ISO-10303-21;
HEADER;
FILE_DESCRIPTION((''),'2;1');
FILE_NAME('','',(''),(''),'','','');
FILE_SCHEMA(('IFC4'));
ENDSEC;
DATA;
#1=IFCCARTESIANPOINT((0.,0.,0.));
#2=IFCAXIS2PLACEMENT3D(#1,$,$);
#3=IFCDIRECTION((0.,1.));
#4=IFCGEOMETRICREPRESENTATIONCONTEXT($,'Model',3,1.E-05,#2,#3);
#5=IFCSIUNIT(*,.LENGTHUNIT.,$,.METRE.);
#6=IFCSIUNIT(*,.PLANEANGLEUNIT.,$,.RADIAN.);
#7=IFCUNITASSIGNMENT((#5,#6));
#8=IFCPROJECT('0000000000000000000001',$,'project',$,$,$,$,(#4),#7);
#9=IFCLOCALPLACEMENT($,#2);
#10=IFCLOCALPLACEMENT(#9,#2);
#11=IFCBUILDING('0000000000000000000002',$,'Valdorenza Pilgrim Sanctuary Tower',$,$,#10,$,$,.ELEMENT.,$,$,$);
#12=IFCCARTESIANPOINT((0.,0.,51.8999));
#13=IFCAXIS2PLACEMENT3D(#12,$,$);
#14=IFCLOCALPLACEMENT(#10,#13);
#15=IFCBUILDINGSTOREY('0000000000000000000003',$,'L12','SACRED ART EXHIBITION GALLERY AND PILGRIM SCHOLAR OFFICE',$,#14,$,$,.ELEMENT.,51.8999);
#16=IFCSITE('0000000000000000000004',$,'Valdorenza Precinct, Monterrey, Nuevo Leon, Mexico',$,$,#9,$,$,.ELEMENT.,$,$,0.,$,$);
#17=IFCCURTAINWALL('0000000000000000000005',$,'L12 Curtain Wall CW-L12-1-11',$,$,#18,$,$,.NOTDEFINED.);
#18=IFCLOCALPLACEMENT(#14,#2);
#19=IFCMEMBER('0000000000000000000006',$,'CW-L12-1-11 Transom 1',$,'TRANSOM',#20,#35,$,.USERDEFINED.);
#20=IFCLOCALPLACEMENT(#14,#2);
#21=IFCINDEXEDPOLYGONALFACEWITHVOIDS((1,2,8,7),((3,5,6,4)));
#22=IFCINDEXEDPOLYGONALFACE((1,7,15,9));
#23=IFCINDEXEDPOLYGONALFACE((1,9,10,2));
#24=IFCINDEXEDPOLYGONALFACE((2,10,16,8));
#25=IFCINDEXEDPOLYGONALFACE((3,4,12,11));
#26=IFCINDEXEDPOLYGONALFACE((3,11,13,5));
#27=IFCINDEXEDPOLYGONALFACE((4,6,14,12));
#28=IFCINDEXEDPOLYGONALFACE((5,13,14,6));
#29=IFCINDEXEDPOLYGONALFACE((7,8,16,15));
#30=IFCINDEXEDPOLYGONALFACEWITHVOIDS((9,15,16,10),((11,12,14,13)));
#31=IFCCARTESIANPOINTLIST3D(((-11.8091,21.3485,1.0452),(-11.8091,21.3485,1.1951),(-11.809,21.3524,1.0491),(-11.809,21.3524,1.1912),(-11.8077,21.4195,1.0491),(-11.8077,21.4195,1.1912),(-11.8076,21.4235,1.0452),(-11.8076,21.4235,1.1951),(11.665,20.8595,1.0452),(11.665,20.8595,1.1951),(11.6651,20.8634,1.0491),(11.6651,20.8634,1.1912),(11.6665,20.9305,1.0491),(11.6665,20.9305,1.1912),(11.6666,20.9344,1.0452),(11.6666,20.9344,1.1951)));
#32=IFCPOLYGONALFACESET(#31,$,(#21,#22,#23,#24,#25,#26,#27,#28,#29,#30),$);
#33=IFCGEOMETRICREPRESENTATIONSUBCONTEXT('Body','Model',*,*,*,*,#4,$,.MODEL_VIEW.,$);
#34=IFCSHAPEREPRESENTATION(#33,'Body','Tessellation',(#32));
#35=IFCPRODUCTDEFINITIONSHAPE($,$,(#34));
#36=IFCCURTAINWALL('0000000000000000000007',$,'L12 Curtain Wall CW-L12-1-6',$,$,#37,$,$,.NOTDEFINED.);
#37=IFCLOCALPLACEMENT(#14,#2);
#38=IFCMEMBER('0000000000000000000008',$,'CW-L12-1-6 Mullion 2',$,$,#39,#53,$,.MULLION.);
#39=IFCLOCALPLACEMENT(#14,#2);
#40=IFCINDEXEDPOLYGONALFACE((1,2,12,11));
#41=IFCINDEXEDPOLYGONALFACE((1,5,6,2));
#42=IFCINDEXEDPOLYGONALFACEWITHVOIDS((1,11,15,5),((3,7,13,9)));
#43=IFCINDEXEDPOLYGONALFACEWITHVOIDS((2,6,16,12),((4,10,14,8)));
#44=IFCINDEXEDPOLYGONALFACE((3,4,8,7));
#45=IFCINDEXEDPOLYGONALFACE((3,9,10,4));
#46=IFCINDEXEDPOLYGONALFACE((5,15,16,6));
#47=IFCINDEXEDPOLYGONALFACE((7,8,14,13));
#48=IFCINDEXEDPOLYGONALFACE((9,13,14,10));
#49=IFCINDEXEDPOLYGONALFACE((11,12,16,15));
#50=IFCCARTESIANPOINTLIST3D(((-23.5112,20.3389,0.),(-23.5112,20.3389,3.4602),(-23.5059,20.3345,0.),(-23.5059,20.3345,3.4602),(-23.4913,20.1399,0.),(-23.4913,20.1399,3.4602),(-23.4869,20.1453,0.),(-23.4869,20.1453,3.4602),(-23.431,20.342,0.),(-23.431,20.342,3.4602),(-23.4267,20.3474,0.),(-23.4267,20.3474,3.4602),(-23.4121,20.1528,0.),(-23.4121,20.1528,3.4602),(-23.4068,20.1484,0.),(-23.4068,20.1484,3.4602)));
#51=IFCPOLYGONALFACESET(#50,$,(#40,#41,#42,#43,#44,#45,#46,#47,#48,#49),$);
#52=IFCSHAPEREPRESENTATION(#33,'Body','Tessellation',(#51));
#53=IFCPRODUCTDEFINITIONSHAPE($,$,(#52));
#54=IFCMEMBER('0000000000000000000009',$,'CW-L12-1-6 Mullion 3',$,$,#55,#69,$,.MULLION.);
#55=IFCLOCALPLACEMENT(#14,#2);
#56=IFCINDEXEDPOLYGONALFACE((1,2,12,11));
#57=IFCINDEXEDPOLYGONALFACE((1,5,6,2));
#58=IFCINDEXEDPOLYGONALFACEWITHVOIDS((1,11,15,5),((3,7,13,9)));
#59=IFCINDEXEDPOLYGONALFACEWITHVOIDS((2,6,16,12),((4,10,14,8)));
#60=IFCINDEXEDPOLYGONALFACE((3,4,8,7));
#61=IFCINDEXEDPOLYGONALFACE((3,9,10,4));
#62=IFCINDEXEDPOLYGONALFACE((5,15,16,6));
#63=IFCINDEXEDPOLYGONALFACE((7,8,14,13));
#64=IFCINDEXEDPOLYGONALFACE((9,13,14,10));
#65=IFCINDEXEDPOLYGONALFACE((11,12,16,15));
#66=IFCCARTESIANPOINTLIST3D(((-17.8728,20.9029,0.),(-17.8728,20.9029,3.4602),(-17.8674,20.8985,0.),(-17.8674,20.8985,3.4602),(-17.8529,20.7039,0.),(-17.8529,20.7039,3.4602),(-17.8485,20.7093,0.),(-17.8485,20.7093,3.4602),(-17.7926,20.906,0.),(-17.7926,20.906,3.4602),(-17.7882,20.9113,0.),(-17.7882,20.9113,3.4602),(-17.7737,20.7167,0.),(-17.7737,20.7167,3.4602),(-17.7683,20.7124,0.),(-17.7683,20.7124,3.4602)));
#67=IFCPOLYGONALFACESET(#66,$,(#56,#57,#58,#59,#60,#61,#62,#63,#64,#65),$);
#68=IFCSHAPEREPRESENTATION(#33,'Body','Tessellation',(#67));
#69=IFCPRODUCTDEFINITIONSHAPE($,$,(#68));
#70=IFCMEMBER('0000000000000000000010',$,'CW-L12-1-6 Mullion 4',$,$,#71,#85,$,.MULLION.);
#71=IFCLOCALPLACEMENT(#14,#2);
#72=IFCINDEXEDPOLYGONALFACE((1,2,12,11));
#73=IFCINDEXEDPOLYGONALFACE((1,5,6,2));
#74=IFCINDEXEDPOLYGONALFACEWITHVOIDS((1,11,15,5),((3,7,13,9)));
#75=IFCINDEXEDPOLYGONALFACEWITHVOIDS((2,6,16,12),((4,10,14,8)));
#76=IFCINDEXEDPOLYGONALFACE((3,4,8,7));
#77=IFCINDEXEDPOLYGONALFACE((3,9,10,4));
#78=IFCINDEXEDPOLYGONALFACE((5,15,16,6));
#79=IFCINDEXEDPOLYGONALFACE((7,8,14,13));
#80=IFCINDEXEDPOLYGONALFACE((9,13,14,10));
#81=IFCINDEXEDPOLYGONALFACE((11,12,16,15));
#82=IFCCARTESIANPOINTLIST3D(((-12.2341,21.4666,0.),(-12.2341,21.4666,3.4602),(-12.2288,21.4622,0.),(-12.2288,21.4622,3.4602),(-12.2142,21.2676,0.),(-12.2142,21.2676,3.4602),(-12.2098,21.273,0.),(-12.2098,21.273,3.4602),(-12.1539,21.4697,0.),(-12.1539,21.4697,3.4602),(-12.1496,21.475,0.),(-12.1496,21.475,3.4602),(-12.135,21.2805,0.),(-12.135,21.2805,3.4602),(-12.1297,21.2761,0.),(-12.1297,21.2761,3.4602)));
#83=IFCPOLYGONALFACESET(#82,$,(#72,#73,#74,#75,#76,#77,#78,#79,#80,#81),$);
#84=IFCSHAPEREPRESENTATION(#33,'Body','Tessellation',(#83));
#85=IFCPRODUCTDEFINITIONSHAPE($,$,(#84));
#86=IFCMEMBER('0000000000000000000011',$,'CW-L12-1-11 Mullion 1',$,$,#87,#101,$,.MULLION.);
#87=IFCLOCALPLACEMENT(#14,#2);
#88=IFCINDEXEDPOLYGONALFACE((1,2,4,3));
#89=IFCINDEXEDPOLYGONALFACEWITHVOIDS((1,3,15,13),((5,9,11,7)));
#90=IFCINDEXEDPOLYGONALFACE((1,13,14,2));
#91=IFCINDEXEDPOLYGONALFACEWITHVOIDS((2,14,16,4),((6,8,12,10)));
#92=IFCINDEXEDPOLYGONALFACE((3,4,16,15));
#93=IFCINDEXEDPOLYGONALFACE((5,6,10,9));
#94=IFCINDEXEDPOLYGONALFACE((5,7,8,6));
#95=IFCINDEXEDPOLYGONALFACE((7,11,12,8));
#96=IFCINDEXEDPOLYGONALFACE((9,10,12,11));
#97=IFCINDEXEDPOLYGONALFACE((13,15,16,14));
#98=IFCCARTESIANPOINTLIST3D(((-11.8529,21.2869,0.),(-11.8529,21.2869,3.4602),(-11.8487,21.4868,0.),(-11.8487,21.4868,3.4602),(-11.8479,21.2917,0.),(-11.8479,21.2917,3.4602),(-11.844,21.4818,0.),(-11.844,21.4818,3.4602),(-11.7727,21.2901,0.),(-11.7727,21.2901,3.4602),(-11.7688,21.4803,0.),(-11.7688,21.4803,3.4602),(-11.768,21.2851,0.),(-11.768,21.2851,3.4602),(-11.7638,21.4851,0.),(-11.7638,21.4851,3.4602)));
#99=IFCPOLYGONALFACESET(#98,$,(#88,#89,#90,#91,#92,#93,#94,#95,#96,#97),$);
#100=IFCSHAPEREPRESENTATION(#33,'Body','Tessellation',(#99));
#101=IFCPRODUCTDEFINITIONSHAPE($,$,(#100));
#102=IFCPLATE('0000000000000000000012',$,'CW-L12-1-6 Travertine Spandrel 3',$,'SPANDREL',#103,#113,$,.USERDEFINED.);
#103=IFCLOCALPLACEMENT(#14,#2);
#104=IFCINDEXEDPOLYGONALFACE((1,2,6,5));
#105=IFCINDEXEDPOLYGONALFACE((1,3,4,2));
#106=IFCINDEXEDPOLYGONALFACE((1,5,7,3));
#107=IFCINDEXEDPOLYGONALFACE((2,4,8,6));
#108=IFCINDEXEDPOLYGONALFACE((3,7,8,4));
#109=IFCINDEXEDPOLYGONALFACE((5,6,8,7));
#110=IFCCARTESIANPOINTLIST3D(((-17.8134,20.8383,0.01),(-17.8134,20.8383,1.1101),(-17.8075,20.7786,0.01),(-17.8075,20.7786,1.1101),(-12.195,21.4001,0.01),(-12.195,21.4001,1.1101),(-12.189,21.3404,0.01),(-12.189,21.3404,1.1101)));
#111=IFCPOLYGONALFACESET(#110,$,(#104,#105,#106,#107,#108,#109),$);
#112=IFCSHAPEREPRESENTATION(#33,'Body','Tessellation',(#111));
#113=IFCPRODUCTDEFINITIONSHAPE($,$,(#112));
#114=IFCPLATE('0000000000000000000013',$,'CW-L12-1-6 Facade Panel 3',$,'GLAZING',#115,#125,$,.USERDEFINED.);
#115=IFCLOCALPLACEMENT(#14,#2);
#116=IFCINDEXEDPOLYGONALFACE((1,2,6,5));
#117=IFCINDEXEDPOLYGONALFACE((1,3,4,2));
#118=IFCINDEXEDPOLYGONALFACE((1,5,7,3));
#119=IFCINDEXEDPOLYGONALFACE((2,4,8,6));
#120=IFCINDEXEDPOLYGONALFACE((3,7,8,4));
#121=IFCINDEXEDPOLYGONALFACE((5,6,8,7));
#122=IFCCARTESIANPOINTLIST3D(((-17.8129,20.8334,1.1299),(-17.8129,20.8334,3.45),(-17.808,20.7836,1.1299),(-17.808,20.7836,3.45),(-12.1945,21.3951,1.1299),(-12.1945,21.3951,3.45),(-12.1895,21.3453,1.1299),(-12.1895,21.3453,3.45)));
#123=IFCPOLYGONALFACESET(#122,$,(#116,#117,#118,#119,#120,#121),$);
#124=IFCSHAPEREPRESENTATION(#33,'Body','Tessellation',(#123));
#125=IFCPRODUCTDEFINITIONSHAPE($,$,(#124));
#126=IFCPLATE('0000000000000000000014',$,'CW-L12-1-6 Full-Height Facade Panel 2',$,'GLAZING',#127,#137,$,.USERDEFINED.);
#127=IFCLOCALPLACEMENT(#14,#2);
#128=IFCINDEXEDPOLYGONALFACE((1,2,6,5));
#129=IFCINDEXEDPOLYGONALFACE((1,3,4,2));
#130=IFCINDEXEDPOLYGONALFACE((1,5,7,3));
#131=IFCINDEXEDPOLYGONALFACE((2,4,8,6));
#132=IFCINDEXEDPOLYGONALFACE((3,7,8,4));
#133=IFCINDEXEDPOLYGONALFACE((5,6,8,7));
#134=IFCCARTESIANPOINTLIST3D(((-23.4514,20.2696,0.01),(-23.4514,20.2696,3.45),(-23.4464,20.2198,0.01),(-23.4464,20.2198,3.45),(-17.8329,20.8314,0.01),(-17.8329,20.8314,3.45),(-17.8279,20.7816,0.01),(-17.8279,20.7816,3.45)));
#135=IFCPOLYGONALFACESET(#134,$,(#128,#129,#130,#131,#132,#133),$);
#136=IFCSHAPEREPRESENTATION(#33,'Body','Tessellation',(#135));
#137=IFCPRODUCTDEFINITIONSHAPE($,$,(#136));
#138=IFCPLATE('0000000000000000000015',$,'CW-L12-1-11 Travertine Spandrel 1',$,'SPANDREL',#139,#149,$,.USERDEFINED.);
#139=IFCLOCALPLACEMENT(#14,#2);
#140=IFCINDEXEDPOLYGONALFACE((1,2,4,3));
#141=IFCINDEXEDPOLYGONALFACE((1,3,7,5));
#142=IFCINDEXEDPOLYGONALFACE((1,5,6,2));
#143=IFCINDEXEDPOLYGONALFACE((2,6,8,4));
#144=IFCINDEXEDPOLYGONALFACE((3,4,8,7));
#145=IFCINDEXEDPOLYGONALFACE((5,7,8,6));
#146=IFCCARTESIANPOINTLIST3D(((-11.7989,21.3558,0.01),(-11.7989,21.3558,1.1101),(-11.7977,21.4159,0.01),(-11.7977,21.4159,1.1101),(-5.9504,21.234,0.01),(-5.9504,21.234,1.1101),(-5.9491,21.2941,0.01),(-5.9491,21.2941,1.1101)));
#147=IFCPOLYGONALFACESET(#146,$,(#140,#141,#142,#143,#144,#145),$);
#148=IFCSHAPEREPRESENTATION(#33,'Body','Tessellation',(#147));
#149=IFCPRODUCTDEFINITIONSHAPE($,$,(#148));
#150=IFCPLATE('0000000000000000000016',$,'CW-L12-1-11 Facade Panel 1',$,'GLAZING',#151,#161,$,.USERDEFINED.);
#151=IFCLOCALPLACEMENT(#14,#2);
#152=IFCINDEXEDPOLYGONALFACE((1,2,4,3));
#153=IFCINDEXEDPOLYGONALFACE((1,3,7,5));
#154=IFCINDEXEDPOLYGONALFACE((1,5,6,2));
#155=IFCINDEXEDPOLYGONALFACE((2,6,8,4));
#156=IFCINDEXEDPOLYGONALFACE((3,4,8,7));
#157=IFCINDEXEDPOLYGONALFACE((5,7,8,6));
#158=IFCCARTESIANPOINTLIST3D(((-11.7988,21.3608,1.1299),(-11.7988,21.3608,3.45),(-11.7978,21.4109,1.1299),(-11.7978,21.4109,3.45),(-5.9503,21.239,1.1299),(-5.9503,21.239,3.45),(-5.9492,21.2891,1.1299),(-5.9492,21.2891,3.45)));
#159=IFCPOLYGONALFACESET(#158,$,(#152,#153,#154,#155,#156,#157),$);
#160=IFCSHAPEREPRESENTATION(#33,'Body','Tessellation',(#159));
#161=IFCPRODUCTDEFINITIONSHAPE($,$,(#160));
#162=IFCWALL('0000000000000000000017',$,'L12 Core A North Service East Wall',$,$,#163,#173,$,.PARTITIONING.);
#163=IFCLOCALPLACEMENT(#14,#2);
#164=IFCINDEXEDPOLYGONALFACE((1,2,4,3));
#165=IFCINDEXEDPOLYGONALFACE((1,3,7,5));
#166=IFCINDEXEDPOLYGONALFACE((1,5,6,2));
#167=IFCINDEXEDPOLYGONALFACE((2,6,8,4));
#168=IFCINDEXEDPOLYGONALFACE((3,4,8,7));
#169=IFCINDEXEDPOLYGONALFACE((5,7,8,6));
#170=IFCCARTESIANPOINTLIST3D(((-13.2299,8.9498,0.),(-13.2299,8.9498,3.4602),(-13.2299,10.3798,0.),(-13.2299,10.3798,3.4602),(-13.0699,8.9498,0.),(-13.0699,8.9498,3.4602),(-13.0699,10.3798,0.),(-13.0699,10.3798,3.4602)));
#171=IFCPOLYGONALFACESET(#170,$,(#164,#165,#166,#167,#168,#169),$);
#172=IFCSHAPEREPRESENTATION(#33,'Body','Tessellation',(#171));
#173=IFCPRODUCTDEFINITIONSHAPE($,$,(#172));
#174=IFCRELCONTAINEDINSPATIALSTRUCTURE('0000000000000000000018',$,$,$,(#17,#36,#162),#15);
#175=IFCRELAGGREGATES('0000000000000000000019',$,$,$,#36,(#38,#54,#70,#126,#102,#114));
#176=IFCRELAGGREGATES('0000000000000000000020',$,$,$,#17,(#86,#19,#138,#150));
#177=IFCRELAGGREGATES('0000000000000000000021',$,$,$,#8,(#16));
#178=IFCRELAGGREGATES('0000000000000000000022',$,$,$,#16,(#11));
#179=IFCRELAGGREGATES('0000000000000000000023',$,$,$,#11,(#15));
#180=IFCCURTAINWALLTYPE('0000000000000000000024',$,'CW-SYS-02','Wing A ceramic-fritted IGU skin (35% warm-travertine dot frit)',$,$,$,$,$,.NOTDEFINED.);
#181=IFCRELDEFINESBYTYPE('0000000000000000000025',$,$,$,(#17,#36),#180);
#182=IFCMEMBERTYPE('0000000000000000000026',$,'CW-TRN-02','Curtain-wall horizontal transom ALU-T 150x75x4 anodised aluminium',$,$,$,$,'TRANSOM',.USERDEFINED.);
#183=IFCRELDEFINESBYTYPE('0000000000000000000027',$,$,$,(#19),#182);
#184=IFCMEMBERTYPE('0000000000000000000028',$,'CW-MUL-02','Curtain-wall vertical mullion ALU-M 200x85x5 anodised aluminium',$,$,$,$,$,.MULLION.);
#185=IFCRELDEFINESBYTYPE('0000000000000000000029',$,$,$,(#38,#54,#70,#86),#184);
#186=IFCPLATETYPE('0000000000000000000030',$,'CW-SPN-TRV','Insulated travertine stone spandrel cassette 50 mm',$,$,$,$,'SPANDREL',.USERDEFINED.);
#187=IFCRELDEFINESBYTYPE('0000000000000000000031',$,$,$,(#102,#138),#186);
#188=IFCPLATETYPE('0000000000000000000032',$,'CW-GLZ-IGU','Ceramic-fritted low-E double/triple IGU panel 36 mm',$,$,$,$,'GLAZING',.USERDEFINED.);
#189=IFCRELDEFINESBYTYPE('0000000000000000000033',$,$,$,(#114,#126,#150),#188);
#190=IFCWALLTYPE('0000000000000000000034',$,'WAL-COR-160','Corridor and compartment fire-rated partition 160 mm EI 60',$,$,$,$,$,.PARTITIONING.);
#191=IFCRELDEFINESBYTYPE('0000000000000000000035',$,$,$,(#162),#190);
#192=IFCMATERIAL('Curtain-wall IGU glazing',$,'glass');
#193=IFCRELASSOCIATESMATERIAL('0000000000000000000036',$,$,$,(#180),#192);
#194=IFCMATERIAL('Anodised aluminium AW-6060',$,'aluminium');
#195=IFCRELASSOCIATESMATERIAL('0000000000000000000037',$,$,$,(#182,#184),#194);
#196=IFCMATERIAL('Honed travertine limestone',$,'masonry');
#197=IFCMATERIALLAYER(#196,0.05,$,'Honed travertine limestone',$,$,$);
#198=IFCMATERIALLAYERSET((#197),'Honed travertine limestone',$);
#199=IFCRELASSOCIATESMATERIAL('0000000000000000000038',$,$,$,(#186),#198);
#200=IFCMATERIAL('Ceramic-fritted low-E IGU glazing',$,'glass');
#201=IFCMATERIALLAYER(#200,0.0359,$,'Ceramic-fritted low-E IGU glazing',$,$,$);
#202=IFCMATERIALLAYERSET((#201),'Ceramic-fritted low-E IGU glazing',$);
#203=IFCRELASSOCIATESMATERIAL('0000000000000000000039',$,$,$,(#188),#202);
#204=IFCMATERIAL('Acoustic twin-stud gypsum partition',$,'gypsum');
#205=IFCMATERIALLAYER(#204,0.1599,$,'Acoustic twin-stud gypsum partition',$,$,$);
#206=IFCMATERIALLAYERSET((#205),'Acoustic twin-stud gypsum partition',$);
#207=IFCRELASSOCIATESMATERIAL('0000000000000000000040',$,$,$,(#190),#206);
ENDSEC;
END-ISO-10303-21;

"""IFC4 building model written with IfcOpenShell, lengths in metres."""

from ifc_helpers import new_model, si_unit, direction, frame, frame_2d, origin, origin_2d, place, context, subcontext, project, spatial, rectangle, hollow_rectangle, extrude, source, transform, mapped, material, layer, layer_set, material_profile, profile_set, type_object, element, aggregate, save


model = new_model("IFC4")

# Units and contexts
model_context = context("Model", 3, precision=1e-05, world=origin(), true_north=direction((0.0, 1.0)))
body_context = subcontext(model_context, "Body", "Model", "MODEL_VIEW")
ifc_project = project(units=[si_unit("LENGTHUNIT", "METRE"), si_unit("PLANEANGLEUNIT", "RADIAN")], contexts=[model_context])

# Site, building, storey
site_placement = place(None, origin())
site = spatial("IfcSite", under=ifc_project, at=site_placement, Name="Valdorenza Precinct, Monterrey, Nuevo Leon, Mexico", CompositionType="ELEMENT", RefElevation=0.0)
building_placement = place(site_placement, origin())
building = spatial("IfcBuilding", under=site, at=building_placement, Name="Valdorenza Pilgrim Sanctuary Tower", CompositionType="ELEMENT")
storey_placement = place(building_placement, frame((0.0, 0.0, 51.8999)))
storey = spatial("IfcBuildingStorey", under=building, at=storey_placement, Name="L12", Description="SACRED ART EXHIBITION GALLERY AND PILGRIM SCHOLAR OFFICE", CompositionType="ELEMENT", Elevation=51.8999)

# Curtain wall, member
ifc_material_1 = material(Name="Curtain-wall IGU glazing", Category="glass")
curtain_wall_type = type_object("IfcCurtainWallType", Name="CW-SYS-02", Description="Wing A ceramic-fritted IGU skin (35% warm-travertine dot frit)", PredefinedType="NOTDEFINED", material=ifc_material_1)
curtain_wall_1_placement = place(storey_placement, origin())
curtain_wall_1 = element("IfcCurtainWall", 1, at=curtain_wall_1_placement, inside=storey, type_object=curtain_wall_type, Name="L12 Curtain Wall CW-L12-1-11", PredefinedType="NOTDEFINED")
ifc_material_2 = material(Name="Anodised aluminium AW-6060", Category="aluminium")
ifc_material_profile_1 = material_profile(ifc_material_2, hollow_rectangle(XDim=0.075, YDim=0.1499, WallThickness=0.0039, at=origin_2d()), Name="ALU-T 150x75x4")
ifc_profile_set_1 = profile_set([ifc_material_profile_1], Name="Anodised aluminium AW-6060")
member_type_1 = type_object("IfcMemberType", Name="CW-TRN-02", Description="Curtain-wall horizontal transom ALU-T 150x75x4 anodised aluminium", ElementType="TRANSOM", PredefinedType="USERDEFINED", material=ifc_profile_set_1)
shared_shape_1 = source(origin(), body_context, "Body", "SweptSolid", [
    extrude(hollow_rectangle(XDim=0.075, YDim=0.1499, WallThickness=0.0039, at=origin_2d()), origin(), (0.0, 0.0, 1.0), 23.4792),
])
member_1_placement = place(storey_placement, frame((-11.8083, 21.386, 1.1201), z_axis=(0.999783, -0.020828, 0.0), x_axis=(0.020828, 0.999783, 0.0)))
member_1 = element("IfcMember", 2, at=member_1_placement, type_object=member_type_1, Name="CW-L12-1-11 Transom 1", ObjectType="TRANSOM", PredefinedType="USERDEFINED", context=body_context, shape_type="MappedRepresentation", body=[
    mapped(shared_shape_1, transform((0.0, 0.0, 0.0), x_axis=(1.0, 0.0, 0.0), y_axis=(0.0, 1.0, 0.0), z_axis=(0.0, 0.0, 1.0), scale=1.0)),
])

# Curtain wall, members
curtain_wall_2_placement = place(storey_placement, origin())
curtain_wall_2 = element("IfcCurtainWall", 3, at=curtain_wall_2_placement, inside=storey, type_object=curtain_wall_type, Name="L12 Curtain Wall CW-L12-1-6", PredefinedType="NOTDEFINED")
ifc_material_profile_2 = material_profile(ifc_material_2, hollow_rectangle(XDim=0.085, YDim=0.2, WallThickness=0.0049, at=origin_2d()), Name="ALU-M 200x85x5")
ifc_profile_set_2 = profile_set([ifc_material_profile_2], Name="Anodised aluminium AW-6060")
member_type_2 = type_object("IfcMemberType", Name="CW-MUL-02", Description="Curtain-wall vertical mullion ALU-M 200x85x5 anodised aluminium", PredefinedType="MULLION", material=ifc_profile_set_2)
shared_shape_2 = source(origin(), body_context, "Body", "SweptSolid", [
    extrude(hollow_rectangle(XDim=0.085, YDim=0.2, WallThickness=0.0049, at=origin_2d()), origin(), (0.0, 0.0, 1.0), 3.4602),
])
member_2_placement = place(storey_placement, frame((-23.459, 20.2437, 0.0), z_axis=(0.0, 0.0, 1.0), x_axis=(0.995038, 0.099493, 0.0)))
member_2 = element("IfcMember", 4, at=member_2_placement, type_object=member_type_2, Name="CW-L12-1-6 Mullion 2", PredefinedType="MULLION", context=body_context, shape_type="MappedRepresentation", body=[
    mapped(shared_shape_2, transform((0.0, 0.0, 0.0), x_axis=(1.0, 0.0, 0.0), y_axis=(0.0, 1.0, 0.0), z_axis=(0.0, 0.0, 1.0), scale=1.0)),
])
member_3_placement = place(storey_placement, frame((-17.8206, 20.8076, 0.0), z_axis=(0.0, 0.0, 1.0), x_axis=(0.995038, 0.099493, 0.0)))
member_3 = element("IfcMember", 5, at=member_3_placement, type_object=member_type_2, Name="CW-L12-1-6 Mullion 3", PredefinedType="MULLION", context=body_context, shape_type="MappedRepresentation", body=[
    mapped(shared_shape_2, transform((0.0, 0.0, 0.0), x_axis=(1.0, 0.0, 0.0), y_axis=(0.0, 1.0, 0.0), z_axis=(0.0, 0.0, 1.0), scale=1.0)),
])
member_4_placement = place(storey_placement, frame((-12.1819, 21.3713, 0.0), z_axis=(0.0, 0.0, 1.0), x_axis=(0.995038, 0.099493, 0.0)))
member_4 = element("IfcMember", 6, at=member_4_placement, type_object=member_type_2, Name="CW-L12-1-6 Mullion 4", PredefinedType="MULLION", context=body_context, shape_type="MappedRepresentation", body=[
    mapped(shared_shape_2, transform((0.0, 0.0, 0.0), x_axis=(1.0, 0.0, 0.0), y_axis=(0.0, 1.0, 0.0), z_axis=(0.0, 0.0, 1.0), scale=1.0)),
])

# Member
member_5_placement = place(storey_placement, frame((-11.8083, 21.386, 0.0), z_axis=(0.0, 0.0, 1.0), x_axis=(0.999783, -0.02082, 0.0)))
member_5 = element("IfcMember", 7, at=member_5_placement, type_object=member_type_2, Name="CW-L12-1-11 Mullion 1", PredefinedType="MULLION", context=body_context, shape_type="MappedRepresentation", body=[
    mapped(shared_shape_2, transform((0.0, 0.0, 0.0), x_axis=(1.0, 0.0, 0.0), y_axis=(0.0, 1.0, 0.0), z_axis=(0.0, 0.0, 1.0), scale=1.0)),
])

# Plates
ifc_material_3 = material(Name="Honed travertine limestone", Category="masonry")
ifc_layer_1 = layer(ifc_material_3, 0.05, Name="Honed travertine limestone")
ifc_layer_set_1 = layer_set([ifc_layer_1], Name="Honed travertine limestone")
plate_type_1 = type_object("IfcPlateType", Name="CW-SPN-TRV", Description="Insulated travertine stone spandrel cassette 50 mm", ElementType="SPANDREL", PredefinedType="USERDEFINED", material=ifc_layer_set_1)
shared_shape_3 = source(origin(), body_context, "Body", "SweptSolid", [
    extrude(rectangle(XDim=5.6465, YDim=0.0601, at=origin_2d()), origin(), (0.0, 0.0, 1.0), 1.1001),
])
plate_1_placement = place(storey_placement, frame((-15.0012, 21.0894, 0.01), z_axis=(0.0, 0.0, 1.0), x_axis=(0.995038, 0.099493, 0.0)))
plate_1 = element("IfcPlate", 8, at=plate_1_placement, type_object=plate_type_1, Name="CW-L12-1-6 Travertine Spandrel 3", ObjectType="SPANDREL", PredefinedType="USERDEFINED", context=body_context, shape_type="MappedRepresentation", body=[
    mapped(shared_shape_3, transform((0.0, 0.0, 0.0), x_axis=(1.0, 0.0, 0.0), y_axis=(0.0, 1.0, 0.0), z_axis=(0.0, 0.0, 1.0), scale=1.0)),
])
ifc_material_4 = material(Name="Ceramic-fritted low-E IGU glazing", Category="glass")
ifc_layer_2 = layer(ifc_material_4, 0.0359, Name="Ceramic-fritted low-E IGU glazing")
ifc_layer_set_2 = layer_set([ifc_layer_2], Name="Ceramic-fritted low-E IGU glazing")
plate_type_2 = type_object("IfcPlateType", Name="CW-GLZ-IGU", Description="Ceramic-fritted low-E double/triple IGU panel 36 mm", ElementType="GLAZING", PredefinedType="USERDEFINED", material=ifc_layer_set_2)
shared_shape_4 = source(origin(), body_context, "Body", "SweptSolid", [
    extrude(rectangle(XDim=5.6465, YDim=0.05, at=origin_2d()), origin(), (0.0, 0.0, 1.0), 2.3201),
])
plate_2_placement = place(storey_placement, frame((-15.0012, 21.0894, 1.1299), z_axis=(0.0, 0.0, 1.0), x_axis=(0.995038, 0.099493, 0.0)))
plate_2 = element("IfcPlate", 9, at=plate_2_placement, type_object=plate_type_2, Name="CW-L12-1-6 Facade Panel 3", ObjectType="GLAZING", PredefinedType="USERDEFINED", context=body_context, shape_type="MappedRepresentation", body=[
    mapped(shared_shape_4, transform((0.0, 0.0, 0.0), x_axis=(1.0, 0.0, 0.0), y_axis=(0.0, 1.0, 0.0), z_axis=(0.0, 0.0, 1.0), scale=1.0)),
])
shared_shape_5 = source(origin(), body_context, "Body", "SweptSolid", [
    extrude(rectangle(XDim=5.6465, YDim=0.05, at=origin_2d()), origin(), (0.0, 0.0, 1.0), 3.4399),
])
plate_3_placement = place(storey_placement, frame((-20.6396, 20.5256, 0.01), z_axis=(0.0, 0.0, 1.0), x_axis=(0.995038, 0.099493, 0.0)))
plate_3 = element("IfcPlate", 10, at=plate_3_placement, type_object=plate_type_2, Name="CW-L12-1-6 Full-Height Facade Panel 2", ObjectType="GLAZING", PredefinedType="USERDEFINED", context=body_context, shape_type="MappedRepresentation", body=[
    mapped(shared_shape_5, transform((0.0, 0.0, 0.0), x_axis=(1.0, 0.0, 0.0), y_axis=(0.0, 1.0, 0.0), z_axis=(0.0, 0.0, 1.0), scale=1.0)),
])
aggregate(curtain_wall_2, [member_2, member_3, member_4, plate_3, plate_1, plate_2])
shared_shape_6 = source(origin(), body_context, "Body", "SweptSolid", [
    extrude(rectangle(XDim=5.8499, YDim=0.0601, at=origin_2d()), origin(), (0.0, 0.0, 1.0), 1.1001),
])
plate_4_placement = place(storey_placement, frame((-8.874, 21.325, 0.01), z_axis=(0.0, 0.0, 1.0), x_axis=(0.999783, -0.02082, 0.0)))
plate_4 = element("IfcPlate", 11, at=plate_4_placement, type_object=plate_type_1, Name="CW-L12-1-11 Travertine Spandrel 1", ObjectType="SPANDREL", PredefinedType="USERDEFINED", context=body_context, shape_type="MappedRepresentation", body=[
    mapped(shared_shape_6, transform((0.0, 0.0, 0.0), x_axis=(1.0, 0.0, 0.0), y_axis=(0.0, 1.0, 0.0), z_axis=(0.0, 0.0, 1.0), scale=1.0)),
])
shared_shape_7 = source(origin(), body_context, "Body", "SweptSolid", [
    extrude(rectangle(XDim=5.8499, YDim=0.05, at=origin_2d()), origin(), (0.0, 0.0, 1.0), 2.3201),
])
plate_5_placement = place(storey_placement, frame((-8.874, 21.325, 1.1299), z_axis=(0.0, 0.0, 1.0), x_axis=(0.999783, -0.02082, 0.0)))
plate_5 = element("IfcPlate", 12, at=plate_5_placement, type_object=plate_type_2, Name="CW-L12-1-11 Facade Panel 1", ObjectType="GLAZING", PredefinedType="USERDEFINED", context=body_context, shape_type="MappedRepresentation", body=[
    mapped(shared_shape_7, transform((0.0, 0.0, 0.0), x_axis=(1.0, 0.0, 0.0), y_axis=(0.0, 1.0, 0.0), z_axis=(0.0, 0.0, 1.0), scale=1.0)),
])
aggregate(curtain_wall_1, [member_5, member_1, plate_4, plate_5])

# Wall
ifc_material_5 = material(Name="Acoustic twin-stud gypsum partition", Category="gypsum")
ifc_layer_3 = layer(ifc_material_5, 0.1599, Name="Acoustic twin-stud gypsum partition")
ifc_layer_set_3 = layer_set([ifc_layer_3], Name="Acoustic twin-stud gypsum partition")
wall_type_1 = type_object("IfcWallType", Name="WAL-COR-160", Description="Corridor and compartment fire-rated partition 160 mm EI 60", PredefinedType="PARTITIONING", material=ifc_layer_set_3)
wall_1_placement = place(storey_placement, frame((-13.1499, 8.95, 0.0), z_axis=(0.0, 0.0, 1.0), x_axis=(0.0, 1.0, 0.0)))
element("IfcWall", 13, at=wall_1_placement, inside=storey, type_object=wall_type_1, Name="L12 Core A North Service East Wall", PredefinedType="PARTITIONING", context=body_context, shape_type="SweptSolid", body=[
    extrude(rectangle(XDim=1.4299, YDim=0.1599, at=frame_2d((0.7148, 0.0))), origin(), (0.0, 0.0, 1.0), 3.4602),
])

save(model, "model.ifc")
